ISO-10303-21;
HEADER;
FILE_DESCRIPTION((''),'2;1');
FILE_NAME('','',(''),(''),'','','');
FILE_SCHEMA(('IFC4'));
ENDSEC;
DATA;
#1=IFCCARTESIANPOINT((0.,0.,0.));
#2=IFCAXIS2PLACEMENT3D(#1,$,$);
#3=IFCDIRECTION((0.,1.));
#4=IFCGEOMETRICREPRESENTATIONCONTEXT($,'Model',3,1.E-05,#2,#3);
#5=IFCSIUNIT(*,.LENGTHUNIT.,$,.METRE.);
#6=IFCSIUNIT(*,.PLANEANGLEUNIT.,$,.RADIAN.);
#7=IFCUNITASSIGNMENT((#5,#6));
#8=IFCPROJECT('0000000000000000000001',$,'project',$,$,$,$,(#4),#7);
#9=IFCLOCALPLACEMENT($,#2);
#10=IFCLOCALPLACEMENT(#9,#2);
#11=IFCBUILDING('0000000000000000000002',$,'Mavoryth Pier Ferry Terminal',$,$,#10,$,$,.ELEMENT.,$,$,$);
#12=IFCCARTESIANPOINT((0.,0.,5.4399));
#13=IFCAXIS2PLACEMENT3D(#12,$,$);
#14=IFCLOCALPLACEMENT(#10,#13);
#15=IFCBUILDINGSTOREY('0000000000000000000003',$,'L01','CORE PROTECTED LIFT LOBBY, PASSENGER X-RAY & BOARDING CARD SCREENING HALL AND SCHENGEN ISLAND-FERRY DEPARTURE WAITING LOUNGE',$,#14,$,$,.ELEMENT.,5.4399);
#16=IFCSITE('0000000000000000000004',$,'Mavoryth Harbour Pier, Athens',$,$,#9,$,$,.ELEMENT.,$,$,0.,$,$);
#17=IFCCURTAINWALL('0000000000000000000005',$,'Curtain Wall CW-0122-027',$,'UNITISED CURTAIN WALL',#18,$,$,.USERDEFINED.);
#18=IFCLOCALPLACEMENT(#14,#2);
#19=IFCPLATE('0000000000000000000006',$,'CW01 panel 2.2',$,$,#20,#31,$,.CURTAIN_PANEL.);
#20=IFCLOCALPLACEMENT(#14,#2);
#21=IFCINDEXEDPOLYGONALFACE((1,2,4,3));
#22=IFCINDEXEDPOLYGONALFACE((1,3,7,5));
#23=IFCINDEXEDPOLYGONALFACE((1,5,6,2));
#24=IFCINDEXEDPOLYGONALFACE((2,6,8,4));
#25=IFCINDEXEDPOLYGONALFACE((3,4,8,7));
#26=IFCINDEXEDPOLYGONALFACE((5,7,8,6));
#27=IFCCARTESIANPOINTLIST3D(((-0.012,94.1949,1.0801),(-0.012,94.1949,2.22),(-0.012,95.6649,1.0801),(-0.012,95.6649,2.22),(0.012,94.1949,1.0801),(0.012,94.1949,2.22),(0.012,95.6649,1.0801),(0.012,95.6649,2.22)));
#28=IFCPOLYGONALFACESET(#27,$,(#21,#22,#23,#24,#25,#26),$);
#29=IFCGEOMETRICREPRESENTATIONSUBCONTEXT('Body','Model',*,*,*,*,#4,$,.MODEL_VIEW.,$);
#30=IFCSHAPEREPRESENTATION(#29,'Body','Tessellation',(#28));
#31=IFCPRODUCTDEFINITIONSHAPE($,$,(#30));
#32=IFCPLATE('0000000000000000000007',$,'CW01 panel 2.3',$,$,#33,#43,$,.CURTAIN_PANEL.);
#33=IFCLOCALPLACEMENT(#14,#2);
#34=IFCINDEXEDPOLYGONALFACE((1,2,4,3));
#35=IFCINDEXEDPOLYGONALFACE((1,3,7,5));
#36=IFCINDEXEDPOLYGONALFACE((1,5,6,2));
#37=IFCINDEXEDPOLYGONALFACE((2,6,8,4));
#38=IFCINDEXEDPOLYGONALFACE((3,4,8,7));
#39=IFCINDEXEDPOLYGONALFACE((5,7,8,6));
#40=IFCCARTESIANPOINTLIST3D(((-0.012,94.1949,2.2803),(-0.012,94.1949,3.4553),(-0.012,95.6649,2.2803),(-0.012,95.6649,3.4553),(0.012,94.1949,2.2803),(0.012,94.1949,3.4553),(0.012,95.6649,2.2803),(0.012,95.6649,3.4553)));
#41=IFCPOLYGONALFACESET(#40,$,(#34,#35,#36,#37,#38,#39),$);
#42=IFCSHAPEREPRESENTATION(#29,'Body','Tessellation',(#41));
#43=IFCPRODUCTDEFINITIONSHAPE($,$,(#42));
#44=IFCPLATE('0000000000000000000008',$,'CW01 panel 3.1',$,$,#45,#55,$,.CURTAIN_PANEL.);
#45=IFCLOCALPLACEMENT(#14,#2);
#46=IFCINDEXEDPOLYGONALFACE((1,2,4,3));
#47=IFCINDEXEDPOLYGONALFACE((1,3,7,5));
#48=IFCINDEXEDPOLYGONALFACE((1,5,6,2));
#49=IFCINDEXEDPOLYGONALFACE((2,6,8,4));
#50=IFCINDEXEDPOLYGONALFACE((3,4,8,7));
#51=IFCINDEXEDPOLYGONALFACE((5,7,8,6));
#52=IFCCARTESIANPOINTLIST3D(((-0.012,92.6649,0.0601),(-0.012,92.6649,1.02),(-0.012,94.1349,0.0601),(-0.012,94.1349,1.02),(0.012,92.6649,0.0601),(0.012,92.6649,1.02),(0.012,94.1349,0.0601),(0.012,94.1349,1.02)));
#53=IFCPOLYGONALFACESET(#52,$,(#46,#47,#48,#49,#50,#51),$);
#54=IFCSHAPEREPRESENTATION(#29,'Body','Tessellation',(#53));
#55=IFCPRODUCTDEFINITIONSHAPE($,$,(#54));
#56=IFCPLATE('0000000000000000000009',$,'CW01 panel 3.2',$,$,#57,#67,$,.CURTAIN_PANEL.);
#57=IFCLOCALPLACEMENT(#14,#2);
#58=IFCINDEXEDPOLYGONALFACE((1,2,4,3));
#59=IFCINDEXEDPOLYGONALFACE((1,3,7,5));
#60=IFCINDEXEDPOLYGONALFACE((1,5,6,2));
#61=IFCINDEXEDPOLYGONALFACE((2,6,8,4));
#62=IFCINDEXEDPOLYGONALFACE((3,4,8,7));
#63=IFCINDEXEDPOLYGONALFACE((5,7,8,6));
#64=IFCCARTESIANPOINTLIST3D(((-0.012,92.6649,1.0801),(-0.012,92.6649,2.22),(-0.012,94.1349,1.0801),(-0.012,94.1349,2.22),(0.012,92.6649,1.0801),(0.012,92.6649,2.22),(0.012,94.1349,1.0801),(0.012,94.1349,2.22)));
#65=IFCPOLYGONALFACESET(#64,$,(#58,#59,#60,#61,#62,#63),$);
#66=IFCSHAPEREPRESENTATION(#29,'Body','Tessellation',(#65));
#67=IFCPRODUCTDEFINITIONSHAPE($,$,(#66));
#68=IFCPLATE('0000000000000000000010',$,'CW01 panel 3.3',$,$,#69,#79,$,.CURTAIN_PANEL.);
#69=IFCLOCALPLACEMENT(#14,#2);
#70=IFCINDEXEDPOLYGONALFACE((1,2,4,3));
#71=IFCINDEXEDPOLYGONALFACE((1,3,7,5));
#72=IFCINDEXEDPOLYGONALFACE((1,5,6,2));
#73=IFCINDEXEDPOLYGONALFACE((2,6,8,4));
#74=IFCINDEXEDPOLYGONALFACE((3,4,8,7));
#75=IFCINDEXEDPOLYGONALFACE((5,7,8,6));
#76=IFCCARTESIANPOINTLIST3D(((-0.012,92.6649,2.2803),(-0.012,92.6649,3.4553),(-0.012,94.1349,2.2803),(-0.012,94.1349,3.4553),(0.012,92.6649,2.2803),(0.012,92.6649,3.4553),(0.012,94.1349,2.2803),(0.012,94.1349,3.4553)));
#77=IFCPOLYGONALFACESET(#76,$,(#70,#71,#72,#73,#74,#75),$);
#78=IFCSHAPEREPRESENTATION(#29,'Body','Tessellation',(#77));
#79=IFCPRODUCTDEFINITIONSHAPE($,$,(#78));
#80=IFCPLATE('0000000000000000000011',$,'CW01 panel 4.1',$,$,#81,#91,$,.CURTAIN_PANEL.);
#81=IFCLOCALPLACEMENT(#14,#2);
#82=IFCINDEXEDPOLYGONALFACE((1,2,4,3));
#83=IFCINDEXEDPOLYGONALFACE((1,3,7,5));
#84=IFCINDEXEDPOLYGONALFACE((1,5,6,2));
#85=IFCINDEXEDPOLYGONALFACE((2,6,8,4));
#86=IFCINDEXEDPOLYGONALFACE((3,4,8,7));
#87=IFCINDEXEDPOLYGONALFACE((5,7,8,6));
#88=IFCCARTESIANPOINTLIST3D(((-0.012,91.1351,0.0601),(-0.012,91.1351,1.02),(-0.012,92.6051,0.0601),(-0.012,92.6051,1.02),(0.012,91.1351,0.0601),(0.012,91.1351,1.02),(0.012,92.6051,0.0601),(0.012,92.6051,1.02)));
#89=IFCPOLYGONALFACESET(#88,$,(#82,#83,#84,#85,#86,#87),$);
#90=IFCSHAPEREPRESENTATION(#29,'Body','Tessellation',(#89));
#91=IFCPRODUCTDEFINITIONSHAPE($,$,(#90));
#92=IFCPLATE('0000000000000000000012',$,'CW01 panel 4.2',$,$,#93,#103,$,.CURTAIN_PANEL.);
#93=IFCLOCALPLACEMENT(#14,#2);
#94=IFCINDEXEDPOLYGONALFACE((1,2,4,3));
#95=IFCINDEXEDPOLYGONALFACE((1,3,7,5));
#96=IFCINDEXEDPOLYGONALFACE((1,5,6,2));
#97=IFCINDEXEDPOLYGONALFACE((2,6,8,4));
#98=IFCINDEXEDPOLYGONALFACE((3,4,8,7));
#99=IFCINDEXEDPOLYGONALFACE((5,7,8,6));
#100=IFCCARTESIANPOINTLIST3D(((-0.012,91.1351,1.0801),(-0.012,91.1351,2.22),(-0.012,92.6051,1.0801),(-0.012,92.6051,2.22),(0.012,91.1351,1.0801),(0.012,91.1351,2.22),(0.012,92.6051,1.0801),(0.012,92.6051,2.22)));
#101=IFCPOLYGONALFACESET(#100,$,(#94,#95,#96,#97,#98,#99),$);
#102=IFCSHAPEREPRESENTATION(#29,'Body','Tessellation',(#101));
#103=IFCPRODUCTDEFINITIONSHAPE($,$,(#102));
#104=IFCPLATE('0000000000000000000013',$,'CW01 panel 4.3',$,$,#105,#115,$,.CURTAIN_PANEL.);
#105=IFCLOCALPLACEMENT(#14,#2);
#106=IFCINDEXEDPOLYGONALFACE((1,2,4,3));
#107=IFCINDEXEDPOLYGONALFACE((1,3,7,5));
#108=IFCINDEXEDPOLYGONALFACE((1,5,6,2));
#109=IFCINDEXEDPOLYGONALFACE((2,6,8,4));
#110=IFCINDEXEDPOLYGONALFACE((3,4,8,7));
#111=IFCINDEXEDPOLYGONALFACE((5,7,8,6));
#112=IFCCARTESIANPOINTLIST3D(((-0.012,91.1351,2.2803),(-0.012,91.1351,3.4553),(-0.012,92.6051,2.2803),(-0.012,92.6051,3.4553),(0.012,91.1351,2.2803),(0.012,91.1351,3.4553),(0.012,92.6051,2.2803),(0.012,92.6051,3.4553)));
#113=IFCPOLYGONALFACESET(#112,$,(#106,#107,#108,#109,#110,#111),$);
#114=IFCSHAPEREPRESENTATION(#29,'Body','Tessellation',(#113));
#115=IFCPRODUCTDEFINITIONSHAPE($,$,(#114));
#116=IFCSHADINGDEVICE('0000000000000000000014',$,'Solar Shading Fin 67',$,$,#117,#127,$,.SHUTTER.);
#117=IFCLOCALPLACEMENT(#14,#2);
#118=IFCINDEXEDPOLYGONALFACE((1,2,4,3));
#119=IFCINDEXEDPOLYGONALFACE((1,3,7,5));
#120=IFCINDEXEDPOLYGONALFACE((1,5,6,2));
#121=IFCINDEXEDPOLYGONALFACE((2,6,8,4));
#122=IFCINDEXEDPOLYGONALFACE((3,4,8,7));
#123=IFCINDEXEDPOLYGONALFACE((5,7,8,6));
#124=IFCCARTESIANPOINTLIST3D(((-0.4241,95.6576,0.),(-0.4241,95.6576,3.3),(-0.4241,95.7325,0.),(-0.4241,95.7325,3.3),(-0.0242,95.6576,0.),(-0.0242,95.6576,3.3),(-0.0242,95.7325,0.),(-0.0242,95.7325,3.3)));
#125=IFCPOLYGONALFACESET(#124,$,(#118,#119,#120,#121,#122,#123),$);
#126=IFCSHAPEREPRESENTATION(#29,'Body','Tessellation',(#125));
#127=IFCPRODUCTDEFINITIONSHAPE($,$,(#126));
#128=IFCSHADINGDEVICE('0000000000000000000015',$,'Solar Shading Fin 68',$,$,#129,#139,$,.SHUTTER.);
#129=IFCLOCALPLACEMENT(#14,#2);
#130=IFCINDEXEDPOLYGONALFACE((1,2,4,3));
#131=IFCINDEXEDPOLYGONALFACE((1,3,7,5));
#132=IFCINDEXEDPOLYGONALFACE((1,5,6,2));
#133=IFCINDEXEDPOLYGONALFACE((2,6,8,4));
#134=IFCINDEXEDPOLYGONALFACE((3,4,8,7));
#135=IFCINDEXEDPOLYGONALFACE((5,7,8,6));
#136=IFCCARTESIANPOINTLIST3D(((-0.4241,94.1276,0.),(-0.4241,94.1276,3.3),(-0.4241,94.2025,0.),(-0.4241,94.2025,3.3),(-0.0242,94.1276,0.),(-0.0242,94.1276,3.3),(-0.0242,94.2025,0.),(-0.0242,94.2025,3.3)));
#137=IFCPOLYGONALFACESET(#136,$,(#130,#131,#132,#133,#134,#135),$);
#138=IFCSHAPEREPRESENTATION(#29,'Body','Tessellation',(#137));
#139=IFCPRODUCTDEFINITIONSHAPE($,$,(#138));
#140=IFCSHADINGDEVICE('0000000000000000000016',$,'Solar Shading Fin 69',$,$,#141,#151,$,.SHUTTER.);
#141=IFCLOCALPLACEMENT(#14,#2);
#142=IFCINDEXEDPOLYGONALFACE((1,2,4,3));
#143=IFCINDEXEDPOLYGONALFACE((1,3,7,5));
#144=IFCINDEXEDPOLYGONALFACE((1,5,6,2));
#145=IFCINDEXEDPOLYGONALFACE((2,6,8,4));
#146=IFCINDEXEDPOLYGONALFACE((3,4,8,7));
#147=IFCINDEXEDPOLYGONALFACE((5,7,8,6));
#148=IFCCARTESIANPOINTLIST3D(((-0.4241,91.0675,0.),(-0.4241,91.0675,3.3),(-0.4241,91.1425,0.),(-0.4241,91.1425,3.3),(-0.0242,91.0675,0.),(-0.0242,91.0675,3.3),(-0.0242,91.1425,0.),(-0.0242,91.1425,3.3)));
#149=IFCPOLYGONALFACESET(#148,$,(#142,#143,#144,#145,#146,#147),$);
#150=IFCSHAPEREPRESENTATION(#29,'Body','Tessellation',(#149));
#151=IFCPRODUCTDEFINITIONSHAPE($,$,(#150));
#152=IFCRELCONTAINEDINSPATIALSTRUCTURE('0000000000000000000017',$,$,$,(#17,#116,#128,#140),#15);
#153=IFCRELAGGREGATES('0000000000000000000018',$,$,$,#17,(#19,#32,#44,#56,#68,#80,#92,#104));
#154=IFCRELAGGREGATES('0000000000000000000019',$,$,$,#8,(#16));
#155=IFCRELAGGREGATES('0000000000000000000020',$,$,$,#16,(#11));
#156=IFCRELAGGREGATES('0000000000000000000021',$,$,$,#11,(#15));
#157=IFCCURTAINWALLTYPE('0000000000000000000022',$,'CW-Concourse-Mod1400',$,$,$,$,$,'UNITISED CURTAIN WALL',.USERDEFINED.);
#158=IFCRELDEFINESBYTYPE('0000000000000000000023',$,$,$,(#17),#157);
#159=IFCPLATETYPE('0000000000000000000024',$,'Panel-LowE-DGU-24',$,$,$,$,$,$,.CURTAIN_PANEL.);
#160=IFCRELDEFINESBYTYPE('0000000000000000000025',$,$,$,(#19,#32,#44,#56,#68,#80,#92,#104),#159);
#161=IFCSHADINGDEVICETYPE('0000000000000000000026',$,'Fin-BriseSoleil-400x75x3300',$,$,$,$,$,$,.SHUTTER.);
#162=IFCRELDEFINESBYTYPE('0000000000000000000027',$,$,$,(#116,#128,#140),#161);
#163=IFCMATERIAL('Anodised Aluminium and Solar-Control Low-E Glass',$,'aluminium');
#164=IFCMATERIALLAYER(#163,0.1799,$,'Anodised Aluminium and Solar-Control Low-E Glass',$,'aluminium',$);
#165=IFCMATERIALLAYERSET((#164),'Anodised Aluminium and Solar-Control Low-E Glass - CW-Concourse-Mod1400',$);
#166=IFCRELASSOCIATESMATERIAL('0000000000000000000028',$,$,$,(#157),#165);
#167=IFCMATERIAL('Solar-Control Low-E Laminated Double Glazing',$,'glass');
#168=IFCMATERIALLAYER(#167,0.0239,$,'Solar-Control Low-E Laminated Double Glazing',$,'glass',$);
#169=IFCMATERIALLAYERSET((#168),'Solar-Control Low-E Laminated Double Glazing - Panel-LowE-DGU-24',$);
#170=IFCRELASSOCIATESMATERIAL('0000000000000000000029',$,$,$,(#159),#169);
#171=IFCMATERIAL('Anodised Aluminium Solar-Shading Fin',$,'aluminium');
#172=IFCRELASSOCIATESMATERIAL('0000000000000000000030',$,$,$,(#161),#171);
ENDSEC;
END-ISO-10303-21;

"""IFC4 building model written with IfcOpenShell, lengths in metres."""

from ifc_helpers import new_model, si_unit, direction, frame, origin, origin_2d, place, context, subcontext, project, spatial, rectangle, extrude, material, layer, layer_set, type_object, element, aggregate, save


model = new_model("IFC4")

# Units and contexts
model_context = context("Model", 3, precision=1e-05, world=origin(), true_north=direction((0.0, 1.0)))
body_context = subcontext(model_context, "Body", "Model", "MODEL_VIEW")
ifc_project = project(units=[si_unit("LENGTHUNIT", "METRE"), si_unit("PLANEANGLEUNIT", "RADIAN")], contexts=[model_context])

# Site, building, storey
site_placement = place(None, origin())
site = spatial("IfcSite", under=ifc_project, at=site_placement, Name="Mavoryth Harbour Pier, Athens", CompositionType="ELEMENT", RefElevation=0.0)
building_placement = place(site_placement, origin())
building = spatial("IfcBuilding", under=site, at=building_placement, Name="Mavoryth Pier Ferry Terminal", CompositionType="ELEMENT")
storey_placement = place(building_placement, frame((0.0, 0.0, 5.4399)))
storey = spatial("IfcBuildingStorey", under=building, at=storey_placement, Name="L01", Description="CORE PROTECTED LIFT LOBBY, PASSENGER X-RAY & BOARDING CARD SCREENING HALL AND SCHENGEN ISLAND-FERRY DEPARTURE WAITING LOUNGE", CompositionType="ELEMENT", Elevation=5.4399)

# Curtain wall, plates
ifc_material_1 = material(Name="Anodised Aluminium and Solar-Control Low-E Glass", Category="aluminium")
ifc_layer_1 = layer(ifc_material_1, 0.1799, Name="Anodised Aluminium and Solar-Control Low-E Glass", Category="aluminium")
ifc_layer_set_1 = layer_set([ifc_layer_1], Name="Anodised Aluminium and Solar-Control Low-E Glass - CW-Concourse-Mod1400")
curtain_wall_type = type_object("IfcCurtainWallType", Name="CW-Concourse-Mod1400", ElementType="UNITISED CURTAIN WALL", PredefinedType="USERDEFINED", material=ifc_layer_set_1)
curtain_wall_placement = place(storey_placement, origin())
curtain_wall = element("IfcCurtainWall", 1, at=curtain_wall_placement, inside=storey, type_object=curtain_wall_type, Name="Curtain Wall CW-0122-027", ObjectType="UNITISED CURTAIN WALL", PredefinedType="USERDEFINED")
ifc_material_2 = material(Name="Solar-Control Low-E Laminated Double Glazing", Category="glass")
ifc_layer_2 = layer(ifc_material_2, 0.0239, Name="Solar-Control Low-E Laminated Double Glazing", Category="glass")
ifc_layer_set_2 = layer_set([ifc_layer_2], Name="Solar-Control Low-E Laminated Double Glazing - Panel-LowE-DGU-24")
plate_type = type_object("IfcPlateType", Name="Panel-LowE-DGU-24", PredefinedType="CURTAIN_PANEL", material=ifc_layer_set_2)
plate_1_placement = place(storey_placement, frame((0.0, 94.9299, 1.0801), z_axis=(0.0, 0.0, 1.0), x_axis=(0.0, -1.0, 0.0)))
plate_1 = element("IfcPlate", 2, at=plate_1_placement, type_object=plate_type, Name="CW01 panel 2.2", PredefinedType="CURTAIN_PANEL", context=body_context, shape_type="SweptSolid", body=[
    extrude(rectangle(XDim=1.47, YDim=0.0239, at=origin_2d()), origin(), (0.0, 0.0, 1.0), 1.1399),
])
plate_2_placement = place(storey_placement, frame((0.0, 94.9299, 2.2803), z_axis=(0.0, 0.0, 1.0), x_axis=(0.0, -1.0, 0.0)))
plate_2 = element("IfcPlate", 3, at=plate_2_placement, type_object=plate_type, Name="CW01 panel 2.3", PredefinedType="CURTAIN_PANEL", context=body_context, shape_type="SweptSolid", body=[
    extrude(rectangle(XDim=1.47, YDim=0.0239, at=origin_2d()), origin(), (0.0, 0.0, 1.0), 1.175),
])
plate_3_placement = place(storey_placement, frame((0.0, 93.3999, 0.0601), z_axis=(0.0, 0.0, 1.0), x_axis=(0.0, -1.0, 0.0)))
plate_3 = element("IfcPlate", 4, at=plate_3_placement, type_object=plate_type, Name="CW01 panel 3.1", PredefinedType="CURTAIN_PANEL", context=body_context, shape_type="SweptSolid", body=[
    extrude(rectangle(XDim=1.47, YDim=0.0239, at=origin_2d()), origin(), (0.0, 0.0, 1.0), 0.96),
])
plate_4_placement = place(storey_placement, frame((0.0, 93.3999, 1.0801), z_axis=(0.0, 0.0, 1.0), x_axis=(0.0, -1.0, 0.0)))
plate_4 = element("IfcPlate", 5, at=plate_4_placement, type_object=plate_type, Name="CW01 panel 3.2", PredefinedType="CURTAIN_PANEL", context=body_context, shape_type="SweptSolid", body=[
    extrude(rectangle(XDim=1.47, YDim=0.0239, at=origin_2d()), origin(), (0.0, 0.0, 1.0), 1.1399),
])
plate_5_placement = place(storey_placement, frame((0.0, 93.3999, 2.2803), z_axis=(0.0, 0.0, 1.0), x_axis=(0.0, -1.0, 0.0)))
plate_5 = element("IfcPlate", 6, at=plate_5_placement, type_object=plate_type, Name="CW01 panel 3.3", PredefinedType="CURTAIN_PANEL", context=body_context, shape_type="SweptSolid", body=[
    extrude(rectangle(XDim=1.47, YDim=0.0239, at=origin_2d()), origin(), (0.0, 0.0, 1.0), 1.175),
])
plate_6_placement = place(storey_placement, frame((0.0, 91.8701, 0.0601), z_axis=(0.0, 0.0, 1.0), x_axis=(0.0, -1.0, 0.0)))
plate_6 = element("IfcPlate", 7, at=plate_6_placement, type_object=plate_type, Name="CW01 panel 4.1", PredefinedType="CURTAIN_PANEL", context=body_context, shape_type="SweptSolid", body=[
    extrude(rectangle(XDim=1.47, YDim=0.0239, at=origin_2d()), origin(), (0.0, 0.0, 1.0), 0.96),
])
plate_7_placement = place(storey_placement, frame((0.0, 91.8701, 1.0801), z_axis=(0.0, 0.0, 1.0), x_axis=(0.0, -1.0, 0.0)))
plate_7 = element("IfcPlate", 8, at=plate_7_placement, type_object=plate_type, Name="CW01 panel 4.2", PredefinedType="CURTAIN_PANEL", context=body_context, shape_type="SweptSolid", body=[
    extrude(rectangle(XDim=1.47, YDim=0.0239, at=origin_2d()), origin(), (0.0, 0.0, 1.0), 1.1399),
])
plate_8_placement = place(storey_placement, frame((0.0, 91.8701, 2.2803), z_axis=(0.0, 0.0, 1.0), x_axis=(0.0, -1.0, 0.0)))
plate_8 = element("IfcPlate", 9, at=plate_8_placement, type_object=plate_type, Name="CW01 panel 4.3", PredefinedType="CURTAIN_PANEL", context=body_context, shape_type="SweptSolid", body=[
    extrude(rectangle(XDim=1.47, YDim=0.0239, at=origin_2d()), origin(), (0.0, 0.0, 1.0), 1.175),
])
aggregate(curtain_wall, [plate_1, plate_2, plate_3, plate_4, plate_5, plate_6, plate_7, plate_8])

# Shading devices
ifc_material_3 = material(Name="Anodised Aluminium Solar-Shading Fin", Category="aluminium")
shading_device_type = type_object("IfcShadingDeviceType", Name="Fin-BriseSoleil-400x75x3300", PredefinedType="SHUTTER", material=ifc_material_3)
for number, where, z_axis, x_axis, name in (
    (10, (-0.2241, 95.6951, 0.0), (0.0, 0.0, 1.0), (0.0, -1.0, 0.0), "Solar Shading Fin 67"),
    (11, (-0.2241, 94.165, 0.0), (0.0, 0.0, 1.0), (0.0, -1.0, 0.0), "Solar Shading Fin 68"),
    (12, (-0.2241, 91.105, 0.0), (0.0, 0.0, 1.0), (0.0, -1.0, 0.0), "Solar Shading Fin 69"),
):
    element("IfcShadingDevice", number, at=place(storey_placement, frame(where, z_axis=z_axis, x_axis=x_axis)), inside=storey, type_object=shading_device_type, Name=name, PredefinedType="SHUTTER", context=body_context, shape_type="SweptSolid", body=[
        extrude(rectangle(XDim=0.075, YDim=0.3999, at=origin_2d()), origin(), (0.0, 0.0, 1.0), 3.3),
    ])

save(model, "model.ifc")
